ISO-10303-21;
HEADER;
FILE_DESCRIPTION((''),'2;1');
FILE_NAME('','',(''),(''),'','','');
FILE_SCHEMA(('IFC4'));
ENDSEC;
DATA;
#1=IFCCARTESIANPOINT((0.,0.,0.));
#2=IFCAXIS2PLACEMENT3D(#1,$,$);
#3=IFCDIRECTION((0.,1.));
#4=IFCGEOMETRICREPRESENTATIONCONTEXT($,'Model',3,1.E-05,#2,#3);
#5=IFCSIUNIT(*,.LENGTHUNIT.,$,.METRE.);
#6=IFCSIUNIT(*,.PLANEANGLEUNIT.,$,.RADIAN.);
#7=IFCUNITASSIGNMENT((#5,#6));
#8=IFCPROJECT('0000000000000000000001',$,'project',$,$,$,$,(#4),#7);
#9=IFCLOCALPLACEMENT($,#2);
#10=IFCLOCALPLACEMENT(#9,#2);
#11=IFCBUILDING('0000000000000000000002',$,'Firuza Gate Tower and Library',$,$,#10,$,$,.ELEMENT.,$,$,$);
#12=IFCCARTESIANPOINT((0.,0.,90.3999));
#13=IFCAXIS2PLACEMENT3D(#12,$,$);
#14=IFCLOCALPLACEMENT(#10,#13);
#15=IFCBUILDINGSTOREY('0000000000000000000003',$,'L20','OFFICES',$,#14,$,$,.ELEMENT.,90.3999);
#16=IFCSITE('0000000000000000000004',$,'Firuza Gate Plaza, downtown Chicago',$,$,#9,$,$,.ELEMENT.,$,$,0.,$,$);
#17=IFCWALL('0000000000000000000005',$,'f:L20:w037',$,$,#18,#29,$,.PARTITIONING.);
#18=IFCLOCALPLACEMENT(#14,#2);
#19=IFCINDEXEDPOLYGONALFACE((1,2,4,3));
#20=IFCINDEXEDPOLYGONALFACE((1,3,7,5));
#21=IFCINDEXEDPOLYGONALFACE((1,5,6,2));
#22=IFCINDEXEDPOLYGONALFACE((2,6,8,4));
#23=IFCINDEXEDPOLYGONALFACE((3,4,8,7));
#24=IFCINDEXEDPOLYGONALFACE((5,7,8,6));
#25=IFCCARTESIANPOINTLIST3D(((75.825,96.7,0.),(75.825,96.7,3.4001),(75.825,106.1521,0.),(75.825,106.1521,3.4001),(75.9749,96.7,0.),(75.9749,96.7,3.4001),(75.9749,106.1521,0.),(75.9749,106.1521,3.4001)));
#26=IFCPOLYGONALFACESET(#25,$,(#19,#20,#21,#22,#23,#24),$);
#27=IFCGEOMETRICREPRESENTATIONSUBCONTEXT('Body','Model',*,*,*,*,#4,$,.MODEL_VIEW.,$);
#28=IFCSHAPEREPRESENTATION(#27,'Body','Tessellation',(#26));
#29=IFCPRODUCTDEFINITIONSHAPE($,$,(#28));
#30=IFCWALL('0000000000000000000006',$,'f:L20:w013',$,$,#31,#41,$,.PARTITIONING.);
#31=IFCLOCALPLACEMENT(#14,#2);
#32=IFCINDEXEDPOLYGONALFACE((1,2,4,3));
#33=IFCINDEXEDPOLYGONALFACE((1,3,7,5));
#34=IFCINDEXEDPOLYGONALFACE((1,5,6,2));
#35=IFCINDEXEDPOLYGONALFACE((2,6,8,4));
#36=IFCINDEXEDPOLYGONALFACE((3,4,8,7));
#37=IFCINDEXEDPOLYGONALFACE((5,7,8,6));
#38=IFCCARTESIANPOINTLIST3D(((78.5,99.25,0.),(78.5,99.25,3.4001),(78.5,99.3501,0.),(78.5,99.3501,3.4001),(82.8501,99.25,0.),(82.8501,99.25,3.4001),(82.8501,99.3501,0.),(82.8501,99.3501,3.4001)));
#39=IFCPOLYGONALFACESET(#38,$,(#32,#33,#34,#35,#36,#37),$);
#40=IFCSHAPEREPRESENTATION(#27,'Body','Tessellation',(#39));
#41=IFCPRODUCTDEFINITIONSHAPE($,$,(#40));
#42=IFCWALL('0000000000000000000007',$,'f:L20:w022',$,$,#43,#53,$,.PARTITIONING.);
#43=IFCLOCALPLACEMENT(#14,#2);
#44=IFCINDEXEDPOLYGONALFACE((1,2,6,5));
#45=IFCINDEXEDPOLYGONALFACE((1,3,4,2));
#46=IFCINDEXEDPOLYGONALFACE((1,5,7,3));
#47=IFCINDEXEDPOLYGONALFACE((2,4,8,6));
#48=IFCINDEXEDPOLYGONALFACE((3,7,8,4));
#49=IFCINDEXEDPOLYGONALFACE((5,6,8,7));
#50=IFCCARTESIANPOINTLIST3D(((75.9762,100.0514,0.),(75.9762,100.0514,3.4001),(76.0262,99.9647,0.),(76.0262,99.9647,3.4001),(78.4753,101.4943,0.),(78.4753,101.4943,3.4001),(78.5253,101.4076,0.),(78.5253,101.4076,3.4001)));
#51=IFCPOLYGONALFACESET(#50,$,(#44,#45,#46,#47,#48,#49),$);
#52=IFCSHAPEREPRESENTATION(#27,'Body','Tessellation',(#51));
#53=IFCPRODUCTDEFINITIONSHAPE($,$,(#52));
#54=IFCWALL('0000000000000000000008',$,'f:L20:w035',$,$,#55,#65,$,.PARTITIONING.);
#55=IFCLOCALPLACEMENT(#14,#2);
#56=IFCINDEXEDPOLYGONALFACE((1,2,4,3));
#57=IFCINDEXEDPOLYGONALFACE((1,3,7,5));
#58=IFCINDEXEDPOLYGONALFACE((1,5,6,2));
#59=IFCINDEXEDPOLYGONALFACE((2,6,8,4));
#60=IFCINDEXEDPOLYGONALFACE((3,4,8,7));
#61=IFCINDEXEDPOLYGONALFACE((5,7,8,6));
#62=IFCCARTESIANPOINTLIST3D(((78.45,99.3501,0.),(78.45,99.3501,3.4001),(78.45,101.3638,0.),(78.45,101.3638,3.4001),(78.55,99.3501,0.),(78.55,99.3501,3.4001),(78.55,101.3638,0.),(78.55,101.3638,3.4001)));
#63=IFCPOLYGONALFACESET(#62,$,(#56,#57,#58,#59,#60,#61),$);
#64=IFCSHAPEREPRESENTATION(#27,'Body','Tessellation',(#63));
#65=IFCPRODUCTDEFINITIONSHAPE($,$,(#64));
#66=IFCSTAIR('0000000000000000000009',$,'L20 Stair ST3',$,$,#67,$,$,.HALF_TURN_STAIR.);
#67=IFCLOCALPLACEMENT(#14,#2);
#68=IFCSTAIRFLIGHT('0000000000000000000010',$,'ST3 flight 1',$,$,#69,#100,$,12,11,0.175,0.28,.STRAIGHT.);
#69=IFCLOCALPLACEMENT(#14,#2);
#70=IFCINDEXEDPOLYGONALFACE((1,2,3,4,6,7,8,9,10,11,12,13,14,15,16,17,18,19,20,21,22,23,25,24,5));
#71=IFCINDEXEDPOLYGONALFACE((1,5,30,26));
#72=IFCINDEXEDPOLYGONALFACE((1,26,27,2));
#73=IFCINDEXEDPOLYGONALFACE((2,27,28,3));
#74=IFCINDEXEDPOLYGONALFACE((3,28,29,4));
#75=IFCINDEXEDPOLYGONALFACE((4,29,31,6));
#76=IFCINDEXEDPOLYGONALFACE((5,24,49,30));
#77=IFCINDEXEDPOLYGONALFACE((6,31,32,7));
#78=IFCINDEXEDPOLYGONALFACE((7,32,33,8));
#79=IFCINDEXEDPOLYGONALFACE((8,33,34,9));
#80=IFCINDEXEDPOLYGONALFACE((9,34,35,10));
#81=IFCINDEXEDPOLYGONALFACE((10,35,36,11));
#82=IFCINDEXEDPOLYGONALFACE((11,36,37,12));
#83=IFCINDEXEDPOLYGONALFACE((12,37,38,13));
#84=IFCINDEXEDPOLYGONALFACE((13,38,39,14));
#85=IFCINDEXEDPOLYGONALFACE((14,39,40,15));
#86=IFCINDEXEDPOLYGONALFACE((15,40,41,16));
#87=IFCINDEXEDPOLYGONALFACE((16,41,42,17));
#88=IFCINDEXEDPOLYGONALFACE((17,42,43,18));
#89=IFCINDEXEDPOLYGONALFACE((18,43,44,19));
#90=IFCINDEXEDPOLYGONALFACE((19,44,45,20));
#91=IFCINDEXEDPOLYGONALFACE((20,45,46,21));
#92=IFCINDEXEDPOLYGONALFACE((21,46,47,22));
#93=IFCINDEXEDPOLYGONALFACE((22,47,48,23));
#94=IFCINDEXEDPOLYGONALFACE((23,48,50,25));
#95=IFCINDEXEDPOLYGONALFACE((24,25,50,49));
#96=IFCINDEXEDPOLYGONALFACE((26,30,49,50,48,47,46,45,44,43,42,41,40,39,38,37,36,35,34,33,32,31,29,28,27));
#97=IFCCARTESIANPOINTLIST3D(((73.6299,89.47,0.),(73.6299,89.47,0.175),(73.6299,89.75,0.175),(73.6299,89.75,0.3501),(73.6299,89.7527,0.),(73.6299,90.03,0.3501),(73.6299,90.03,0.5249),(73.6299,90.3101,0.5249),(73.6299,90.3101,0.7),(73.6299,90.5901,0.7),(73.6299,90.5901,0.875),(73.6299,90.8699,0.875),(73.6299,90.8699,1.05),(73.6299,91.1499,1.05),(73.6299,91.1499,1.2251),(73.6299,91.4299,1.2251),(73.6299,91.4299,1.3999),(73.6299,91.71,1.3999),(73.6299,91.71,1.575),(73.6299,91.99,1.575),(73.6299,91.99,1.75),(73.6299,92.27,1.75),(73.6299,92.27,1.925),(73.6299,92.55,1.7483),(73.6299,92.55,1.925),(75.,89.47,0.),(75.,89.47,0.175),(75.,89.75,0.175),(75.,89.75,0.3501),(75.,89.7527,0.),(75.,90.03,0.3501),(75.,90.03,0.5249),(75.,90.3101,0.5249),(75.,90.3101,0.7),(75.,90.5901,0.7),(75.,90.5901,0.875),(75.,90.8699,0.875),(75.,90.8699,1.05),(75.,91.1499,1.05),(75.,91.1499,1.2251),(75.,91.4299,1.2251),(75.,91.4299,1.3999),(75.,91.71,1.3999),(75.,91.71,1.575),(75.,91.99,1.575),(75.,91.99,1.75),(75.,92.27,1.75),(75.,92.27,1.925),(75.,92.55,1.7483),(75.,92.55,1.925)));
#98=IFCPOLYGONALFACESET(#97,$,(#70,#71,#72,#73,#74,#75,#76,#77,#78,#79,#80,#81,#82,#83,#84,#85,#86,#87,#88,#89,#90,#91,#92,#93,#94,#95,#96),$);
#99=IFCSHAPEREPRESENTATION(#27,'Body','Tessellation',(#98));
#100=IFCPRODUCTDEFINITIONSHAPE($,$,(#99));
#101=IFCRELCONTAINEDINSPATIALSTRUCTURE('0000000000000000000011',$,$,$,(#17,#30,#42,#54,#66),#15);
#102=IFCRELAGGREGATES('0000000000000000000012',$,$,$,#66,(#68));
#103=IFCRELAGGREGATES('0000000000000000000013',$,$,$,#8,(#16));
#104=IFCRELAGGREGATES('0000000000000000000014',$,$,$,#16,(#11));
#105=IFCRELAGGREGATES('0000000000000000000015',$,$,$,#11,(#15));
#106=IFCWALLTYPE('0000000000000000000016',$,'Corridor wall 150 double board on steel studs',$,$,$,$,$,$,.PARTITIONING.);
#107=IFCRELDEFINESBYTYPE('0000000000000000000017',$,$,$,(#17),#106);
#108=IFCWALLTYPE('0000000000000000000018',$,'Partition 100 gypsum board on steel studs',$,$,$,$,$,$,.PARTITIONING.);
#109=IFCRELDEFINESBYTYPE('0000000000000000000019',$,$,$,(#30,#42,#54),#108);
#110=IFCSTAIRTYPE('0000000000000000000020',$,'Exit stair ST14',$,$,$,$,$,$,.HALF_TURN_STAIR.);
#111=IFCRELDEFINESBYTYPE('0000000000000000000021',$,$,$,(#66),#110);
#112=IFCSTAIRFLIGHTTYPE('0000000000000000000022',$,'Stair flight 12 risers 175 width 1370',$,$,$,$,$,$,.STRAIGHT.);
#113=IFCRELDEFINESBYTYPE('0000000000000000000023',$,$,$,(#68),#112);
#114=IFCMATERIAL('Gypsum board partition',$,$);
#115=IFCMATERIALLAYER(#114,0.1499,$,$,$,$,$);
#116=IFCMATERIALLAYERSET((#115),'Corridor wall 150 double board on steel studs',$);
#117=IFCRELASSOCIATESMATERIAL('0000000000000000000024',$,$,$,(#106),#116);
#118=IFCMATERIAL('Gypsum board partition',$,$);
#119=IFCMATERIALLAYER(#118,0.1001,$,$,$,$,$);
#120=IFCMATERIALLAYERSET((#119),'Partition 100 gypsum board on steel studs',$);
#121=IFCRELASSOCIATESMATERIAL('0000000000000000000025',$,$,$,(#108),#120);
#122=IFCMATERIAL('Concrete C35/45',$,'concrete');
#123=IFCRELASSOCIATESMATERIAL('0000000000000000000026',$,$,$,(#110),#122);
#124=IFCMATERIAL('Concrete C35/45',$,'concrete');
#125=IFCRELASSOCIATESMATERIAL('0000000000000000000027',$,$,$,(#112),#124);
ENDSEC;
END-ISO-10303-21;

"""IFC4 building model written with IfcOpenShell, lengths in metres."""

from ifc_helpers import new_model, si_unit, direction, frame, frame_2d, origin, place, context, subcontext, project, spatial, polyline, rectangle, outline, extrude, material, layer, layer_set, type_object, element, aggregate, save


model = new_model("IFC4")

# Units and contexts
model_context = context("Model", 3, precision=1e-05, world=origin(), true_north=direction((0.0, 1.0)))
body_context = subcontext(model_context, "Body", "Model", "MODEL_VIEW")
ifc_project = project(units=[si_unit("LENGTHUNIT", "METRE"), si_unit("PLANEANGLEUNIT", "RADIAN")], contexts=[model_context])

# Site, building, storey
site_placement = place(None, origin())
site = spatial("IfcSite", under=ifc_project, at=site_placement, Name="Firuza Gate Plaza, downtown Chicago", CompositionType="ELEMENT", RefElevation=0.0)
building_placement = place(site_placement, origin())
building = spatial("IfcBuilding", under=site, at=building_placement, Name="Firuza Gate Tower and Library", CompositionType="ELEMENT")
storey_placement = place(building_placement, frame((0.0, 0.0, 90.3999)))
storey = spatial("IfcBuildingStorey", under=building, at=storey_placement, Name="L20", Description="OFFICES", CompositionType="ELEMENT", Elevation=90.3999)

# Shared definitions
placement = place(storey_placement, origin())

# Walls
ifc_material_1 = material(Name="Gypsum board partition")
ifc_layer_1 = layer(ifc_material_1, 0.1499)
ifc_layer_set_1 = layer_set([ifc_layer_1], Name="Corridor wall 150 double board on steel studs")
wall_type_1 = type_object("IfcWallType", Name="Corridor wall 150 double board on steel studs", PredefinedType="PARTITIONING", material=ifc_layer_set_1)
wall_1_placement = place(storey_placement, frame((75.8999, 96.7, 0.0), z_axis=(0.0, 0.0, 1.0), x_axis=(0.0, 1.0, 0.0)))
element("IfcWall", 1, at=wall_1_placement, inside=storey, type_object=wall_type_1, Name="f:L20:w037", PredefinedType="PARTITIONING", context=body_context, shape_type="SweptSolid", body=[
    extrude(rectangle(XDim=9.4521, YDim=0.1499, at=frame_2d((4.7261, 0.0))), origin(), (0.0, 0.0, 1.0), 3.4001),
])
ifc_material_2 = material(Name="Gypsum board partition")
ifc_layer_2 = layer(ifc_material_2, 0.1001)
ifc_layer_set_2 = layer_set([ifc_layer_2], Name="Partition 100 gypsum board on steel studs")
wall_type_2 = type_object("IfcWallType", Name="Partition 100 gypsum board on steel studs", PredefinedType="PARTITIONING", material=ifc_layer_set_2)
wall_2_placement = place(storey_placement, frame((78.5, 99.3, 0.0), z_axis=(0.0, 0.0, 1.0), x_axis=(1.0, 0.0, 0.0)))
element("IfcWall", 2, at=wall_2_placement, inside=storey, type_object=wall_type_2, Name="f:L20:w013", PredefinedType="PARTITIONING", context=body_context, shape_type="SweptSolid", body=[
    extrude(rectangle(XDim=4.3501, YDim=0.1001, at=frame_2d((2.175, 0.0))), origin(), (0.0, 0.0, 1.0), 3.4001),
])
wall_3_placement = place(storey_placement, frame((76.0012, 100.0081, 0.0), z_axis=(0.0, 0.0, 1.0), x_axis=(0.866017, 0.500015, 0.0)))
element("IfcWall", 3, at=wall_3_placement, inside=storey, type_object=wall_type_2, Name="f:L20:w022", PredefinedType="PARTITIONING", context=body_context, shape_type="SweptSolid", body=[
    extrude(rectangle(XDim=2.8857, YDim=0.1001, at=frame_2d((1.4429, 0.0))), origin(), (0.0, 0.0, 1.0), 3.4001),
])
wall_4_placement = place(storey_placement, frame((78.5, 99.3501, 0.0), z_axis=(0.0, 0.0, 1.0), x_axis=(0.0, 1.0, 0.0)))
element("IfcWall", 4, at=wall_4_placement, inside=storey, type_object=wall_type_2, Name="f:L20:w035", PredefinedType="PARTITIONING", context=body_context, shape_type="SweptSolid", body=[
    extrude(rectangle(XDim=2.0137, YDim=0.1001, at=frame_2d((1.0068, 0.0))), origin(), (0.0, 0.0, 1.0), 3.4001),
])

# Stair, stair flight
ifc_material_3 = material(Name="Concrete C35/45", Category="concrete")
stair_type = type_object("IfcStairType", Name="Exit stair ST14", PredefinedType="HALF_TURN_STAIR", material=ifc_material_3)
stair = element("IfcStair", 5, at=placement, inside=storey, type_object=stair_type, Name="L20 Stair ST3", PredefinedType="HALF_TURN_STAIR")
ifc_material_4 = material(Name="Concrete C35/45", Category="concrete")
stair_flight_type = type_object("IfcStairFlightType", Name="Stair flight 12 risers 175 width 1370", PredefinedType="STRAIGHT", material=ifc_material_4)
stair_flight_placement = place(storey_placement, frame((74.3149, 89.47, 0.0), z_axis=(0.0, 0.0, 1.0), x_axis=(0.0, 1.0, 0.0)))
stair_flight = element("IfcStairFlight", 6, at=stair_flight_placement, type_object=stair_flight_type, Name="ST3 flight 1", NumberOfRisers=12, NumberOfTreads=11, PredefinedType="STRAIGHT", RiserHeight=0.175, TreadLength=0.28, context=body_context, shape_type="SweptSolid", body=[
    extrude(outline(polyline([(0.0, 0.0), (0.0, 0.175), (0.28, 0.175), (0.28, 0.3501), (0.5601, 0.3501), (0.5601, 0.5249), (0.8401, 0.5249), (0.8401, 0.7), (1.1201, 0.7), (1.1201, 0.875), (1.3999, 0.875), (1.3999, 1.05), (1.6799, 1.05), (1.6799, 1.2251), (1.96, 1.2251), (1.96, 1.3999), (2.24, 1.3999), (2.24, 1.575), (2.52, 1.575), (2.52, 1.75), (2.8, 1.75), (2.8, 1.925), (3.0801, 1.925), (3.0801, 2.1001), (3.0801, 1.7483), (0.2827, 0.0), (0.0, 0.0)])), frame((0.0, 0.6851, 0.0), z_axis=(0.0, -1.0, 0.0), x_axis=(1.0, 0.0, 0.0)), (0.0, 0.0, 1.0), 1.3701),
])
aggregate(stair, [stair_flight])

save(model, "model.ifc")
